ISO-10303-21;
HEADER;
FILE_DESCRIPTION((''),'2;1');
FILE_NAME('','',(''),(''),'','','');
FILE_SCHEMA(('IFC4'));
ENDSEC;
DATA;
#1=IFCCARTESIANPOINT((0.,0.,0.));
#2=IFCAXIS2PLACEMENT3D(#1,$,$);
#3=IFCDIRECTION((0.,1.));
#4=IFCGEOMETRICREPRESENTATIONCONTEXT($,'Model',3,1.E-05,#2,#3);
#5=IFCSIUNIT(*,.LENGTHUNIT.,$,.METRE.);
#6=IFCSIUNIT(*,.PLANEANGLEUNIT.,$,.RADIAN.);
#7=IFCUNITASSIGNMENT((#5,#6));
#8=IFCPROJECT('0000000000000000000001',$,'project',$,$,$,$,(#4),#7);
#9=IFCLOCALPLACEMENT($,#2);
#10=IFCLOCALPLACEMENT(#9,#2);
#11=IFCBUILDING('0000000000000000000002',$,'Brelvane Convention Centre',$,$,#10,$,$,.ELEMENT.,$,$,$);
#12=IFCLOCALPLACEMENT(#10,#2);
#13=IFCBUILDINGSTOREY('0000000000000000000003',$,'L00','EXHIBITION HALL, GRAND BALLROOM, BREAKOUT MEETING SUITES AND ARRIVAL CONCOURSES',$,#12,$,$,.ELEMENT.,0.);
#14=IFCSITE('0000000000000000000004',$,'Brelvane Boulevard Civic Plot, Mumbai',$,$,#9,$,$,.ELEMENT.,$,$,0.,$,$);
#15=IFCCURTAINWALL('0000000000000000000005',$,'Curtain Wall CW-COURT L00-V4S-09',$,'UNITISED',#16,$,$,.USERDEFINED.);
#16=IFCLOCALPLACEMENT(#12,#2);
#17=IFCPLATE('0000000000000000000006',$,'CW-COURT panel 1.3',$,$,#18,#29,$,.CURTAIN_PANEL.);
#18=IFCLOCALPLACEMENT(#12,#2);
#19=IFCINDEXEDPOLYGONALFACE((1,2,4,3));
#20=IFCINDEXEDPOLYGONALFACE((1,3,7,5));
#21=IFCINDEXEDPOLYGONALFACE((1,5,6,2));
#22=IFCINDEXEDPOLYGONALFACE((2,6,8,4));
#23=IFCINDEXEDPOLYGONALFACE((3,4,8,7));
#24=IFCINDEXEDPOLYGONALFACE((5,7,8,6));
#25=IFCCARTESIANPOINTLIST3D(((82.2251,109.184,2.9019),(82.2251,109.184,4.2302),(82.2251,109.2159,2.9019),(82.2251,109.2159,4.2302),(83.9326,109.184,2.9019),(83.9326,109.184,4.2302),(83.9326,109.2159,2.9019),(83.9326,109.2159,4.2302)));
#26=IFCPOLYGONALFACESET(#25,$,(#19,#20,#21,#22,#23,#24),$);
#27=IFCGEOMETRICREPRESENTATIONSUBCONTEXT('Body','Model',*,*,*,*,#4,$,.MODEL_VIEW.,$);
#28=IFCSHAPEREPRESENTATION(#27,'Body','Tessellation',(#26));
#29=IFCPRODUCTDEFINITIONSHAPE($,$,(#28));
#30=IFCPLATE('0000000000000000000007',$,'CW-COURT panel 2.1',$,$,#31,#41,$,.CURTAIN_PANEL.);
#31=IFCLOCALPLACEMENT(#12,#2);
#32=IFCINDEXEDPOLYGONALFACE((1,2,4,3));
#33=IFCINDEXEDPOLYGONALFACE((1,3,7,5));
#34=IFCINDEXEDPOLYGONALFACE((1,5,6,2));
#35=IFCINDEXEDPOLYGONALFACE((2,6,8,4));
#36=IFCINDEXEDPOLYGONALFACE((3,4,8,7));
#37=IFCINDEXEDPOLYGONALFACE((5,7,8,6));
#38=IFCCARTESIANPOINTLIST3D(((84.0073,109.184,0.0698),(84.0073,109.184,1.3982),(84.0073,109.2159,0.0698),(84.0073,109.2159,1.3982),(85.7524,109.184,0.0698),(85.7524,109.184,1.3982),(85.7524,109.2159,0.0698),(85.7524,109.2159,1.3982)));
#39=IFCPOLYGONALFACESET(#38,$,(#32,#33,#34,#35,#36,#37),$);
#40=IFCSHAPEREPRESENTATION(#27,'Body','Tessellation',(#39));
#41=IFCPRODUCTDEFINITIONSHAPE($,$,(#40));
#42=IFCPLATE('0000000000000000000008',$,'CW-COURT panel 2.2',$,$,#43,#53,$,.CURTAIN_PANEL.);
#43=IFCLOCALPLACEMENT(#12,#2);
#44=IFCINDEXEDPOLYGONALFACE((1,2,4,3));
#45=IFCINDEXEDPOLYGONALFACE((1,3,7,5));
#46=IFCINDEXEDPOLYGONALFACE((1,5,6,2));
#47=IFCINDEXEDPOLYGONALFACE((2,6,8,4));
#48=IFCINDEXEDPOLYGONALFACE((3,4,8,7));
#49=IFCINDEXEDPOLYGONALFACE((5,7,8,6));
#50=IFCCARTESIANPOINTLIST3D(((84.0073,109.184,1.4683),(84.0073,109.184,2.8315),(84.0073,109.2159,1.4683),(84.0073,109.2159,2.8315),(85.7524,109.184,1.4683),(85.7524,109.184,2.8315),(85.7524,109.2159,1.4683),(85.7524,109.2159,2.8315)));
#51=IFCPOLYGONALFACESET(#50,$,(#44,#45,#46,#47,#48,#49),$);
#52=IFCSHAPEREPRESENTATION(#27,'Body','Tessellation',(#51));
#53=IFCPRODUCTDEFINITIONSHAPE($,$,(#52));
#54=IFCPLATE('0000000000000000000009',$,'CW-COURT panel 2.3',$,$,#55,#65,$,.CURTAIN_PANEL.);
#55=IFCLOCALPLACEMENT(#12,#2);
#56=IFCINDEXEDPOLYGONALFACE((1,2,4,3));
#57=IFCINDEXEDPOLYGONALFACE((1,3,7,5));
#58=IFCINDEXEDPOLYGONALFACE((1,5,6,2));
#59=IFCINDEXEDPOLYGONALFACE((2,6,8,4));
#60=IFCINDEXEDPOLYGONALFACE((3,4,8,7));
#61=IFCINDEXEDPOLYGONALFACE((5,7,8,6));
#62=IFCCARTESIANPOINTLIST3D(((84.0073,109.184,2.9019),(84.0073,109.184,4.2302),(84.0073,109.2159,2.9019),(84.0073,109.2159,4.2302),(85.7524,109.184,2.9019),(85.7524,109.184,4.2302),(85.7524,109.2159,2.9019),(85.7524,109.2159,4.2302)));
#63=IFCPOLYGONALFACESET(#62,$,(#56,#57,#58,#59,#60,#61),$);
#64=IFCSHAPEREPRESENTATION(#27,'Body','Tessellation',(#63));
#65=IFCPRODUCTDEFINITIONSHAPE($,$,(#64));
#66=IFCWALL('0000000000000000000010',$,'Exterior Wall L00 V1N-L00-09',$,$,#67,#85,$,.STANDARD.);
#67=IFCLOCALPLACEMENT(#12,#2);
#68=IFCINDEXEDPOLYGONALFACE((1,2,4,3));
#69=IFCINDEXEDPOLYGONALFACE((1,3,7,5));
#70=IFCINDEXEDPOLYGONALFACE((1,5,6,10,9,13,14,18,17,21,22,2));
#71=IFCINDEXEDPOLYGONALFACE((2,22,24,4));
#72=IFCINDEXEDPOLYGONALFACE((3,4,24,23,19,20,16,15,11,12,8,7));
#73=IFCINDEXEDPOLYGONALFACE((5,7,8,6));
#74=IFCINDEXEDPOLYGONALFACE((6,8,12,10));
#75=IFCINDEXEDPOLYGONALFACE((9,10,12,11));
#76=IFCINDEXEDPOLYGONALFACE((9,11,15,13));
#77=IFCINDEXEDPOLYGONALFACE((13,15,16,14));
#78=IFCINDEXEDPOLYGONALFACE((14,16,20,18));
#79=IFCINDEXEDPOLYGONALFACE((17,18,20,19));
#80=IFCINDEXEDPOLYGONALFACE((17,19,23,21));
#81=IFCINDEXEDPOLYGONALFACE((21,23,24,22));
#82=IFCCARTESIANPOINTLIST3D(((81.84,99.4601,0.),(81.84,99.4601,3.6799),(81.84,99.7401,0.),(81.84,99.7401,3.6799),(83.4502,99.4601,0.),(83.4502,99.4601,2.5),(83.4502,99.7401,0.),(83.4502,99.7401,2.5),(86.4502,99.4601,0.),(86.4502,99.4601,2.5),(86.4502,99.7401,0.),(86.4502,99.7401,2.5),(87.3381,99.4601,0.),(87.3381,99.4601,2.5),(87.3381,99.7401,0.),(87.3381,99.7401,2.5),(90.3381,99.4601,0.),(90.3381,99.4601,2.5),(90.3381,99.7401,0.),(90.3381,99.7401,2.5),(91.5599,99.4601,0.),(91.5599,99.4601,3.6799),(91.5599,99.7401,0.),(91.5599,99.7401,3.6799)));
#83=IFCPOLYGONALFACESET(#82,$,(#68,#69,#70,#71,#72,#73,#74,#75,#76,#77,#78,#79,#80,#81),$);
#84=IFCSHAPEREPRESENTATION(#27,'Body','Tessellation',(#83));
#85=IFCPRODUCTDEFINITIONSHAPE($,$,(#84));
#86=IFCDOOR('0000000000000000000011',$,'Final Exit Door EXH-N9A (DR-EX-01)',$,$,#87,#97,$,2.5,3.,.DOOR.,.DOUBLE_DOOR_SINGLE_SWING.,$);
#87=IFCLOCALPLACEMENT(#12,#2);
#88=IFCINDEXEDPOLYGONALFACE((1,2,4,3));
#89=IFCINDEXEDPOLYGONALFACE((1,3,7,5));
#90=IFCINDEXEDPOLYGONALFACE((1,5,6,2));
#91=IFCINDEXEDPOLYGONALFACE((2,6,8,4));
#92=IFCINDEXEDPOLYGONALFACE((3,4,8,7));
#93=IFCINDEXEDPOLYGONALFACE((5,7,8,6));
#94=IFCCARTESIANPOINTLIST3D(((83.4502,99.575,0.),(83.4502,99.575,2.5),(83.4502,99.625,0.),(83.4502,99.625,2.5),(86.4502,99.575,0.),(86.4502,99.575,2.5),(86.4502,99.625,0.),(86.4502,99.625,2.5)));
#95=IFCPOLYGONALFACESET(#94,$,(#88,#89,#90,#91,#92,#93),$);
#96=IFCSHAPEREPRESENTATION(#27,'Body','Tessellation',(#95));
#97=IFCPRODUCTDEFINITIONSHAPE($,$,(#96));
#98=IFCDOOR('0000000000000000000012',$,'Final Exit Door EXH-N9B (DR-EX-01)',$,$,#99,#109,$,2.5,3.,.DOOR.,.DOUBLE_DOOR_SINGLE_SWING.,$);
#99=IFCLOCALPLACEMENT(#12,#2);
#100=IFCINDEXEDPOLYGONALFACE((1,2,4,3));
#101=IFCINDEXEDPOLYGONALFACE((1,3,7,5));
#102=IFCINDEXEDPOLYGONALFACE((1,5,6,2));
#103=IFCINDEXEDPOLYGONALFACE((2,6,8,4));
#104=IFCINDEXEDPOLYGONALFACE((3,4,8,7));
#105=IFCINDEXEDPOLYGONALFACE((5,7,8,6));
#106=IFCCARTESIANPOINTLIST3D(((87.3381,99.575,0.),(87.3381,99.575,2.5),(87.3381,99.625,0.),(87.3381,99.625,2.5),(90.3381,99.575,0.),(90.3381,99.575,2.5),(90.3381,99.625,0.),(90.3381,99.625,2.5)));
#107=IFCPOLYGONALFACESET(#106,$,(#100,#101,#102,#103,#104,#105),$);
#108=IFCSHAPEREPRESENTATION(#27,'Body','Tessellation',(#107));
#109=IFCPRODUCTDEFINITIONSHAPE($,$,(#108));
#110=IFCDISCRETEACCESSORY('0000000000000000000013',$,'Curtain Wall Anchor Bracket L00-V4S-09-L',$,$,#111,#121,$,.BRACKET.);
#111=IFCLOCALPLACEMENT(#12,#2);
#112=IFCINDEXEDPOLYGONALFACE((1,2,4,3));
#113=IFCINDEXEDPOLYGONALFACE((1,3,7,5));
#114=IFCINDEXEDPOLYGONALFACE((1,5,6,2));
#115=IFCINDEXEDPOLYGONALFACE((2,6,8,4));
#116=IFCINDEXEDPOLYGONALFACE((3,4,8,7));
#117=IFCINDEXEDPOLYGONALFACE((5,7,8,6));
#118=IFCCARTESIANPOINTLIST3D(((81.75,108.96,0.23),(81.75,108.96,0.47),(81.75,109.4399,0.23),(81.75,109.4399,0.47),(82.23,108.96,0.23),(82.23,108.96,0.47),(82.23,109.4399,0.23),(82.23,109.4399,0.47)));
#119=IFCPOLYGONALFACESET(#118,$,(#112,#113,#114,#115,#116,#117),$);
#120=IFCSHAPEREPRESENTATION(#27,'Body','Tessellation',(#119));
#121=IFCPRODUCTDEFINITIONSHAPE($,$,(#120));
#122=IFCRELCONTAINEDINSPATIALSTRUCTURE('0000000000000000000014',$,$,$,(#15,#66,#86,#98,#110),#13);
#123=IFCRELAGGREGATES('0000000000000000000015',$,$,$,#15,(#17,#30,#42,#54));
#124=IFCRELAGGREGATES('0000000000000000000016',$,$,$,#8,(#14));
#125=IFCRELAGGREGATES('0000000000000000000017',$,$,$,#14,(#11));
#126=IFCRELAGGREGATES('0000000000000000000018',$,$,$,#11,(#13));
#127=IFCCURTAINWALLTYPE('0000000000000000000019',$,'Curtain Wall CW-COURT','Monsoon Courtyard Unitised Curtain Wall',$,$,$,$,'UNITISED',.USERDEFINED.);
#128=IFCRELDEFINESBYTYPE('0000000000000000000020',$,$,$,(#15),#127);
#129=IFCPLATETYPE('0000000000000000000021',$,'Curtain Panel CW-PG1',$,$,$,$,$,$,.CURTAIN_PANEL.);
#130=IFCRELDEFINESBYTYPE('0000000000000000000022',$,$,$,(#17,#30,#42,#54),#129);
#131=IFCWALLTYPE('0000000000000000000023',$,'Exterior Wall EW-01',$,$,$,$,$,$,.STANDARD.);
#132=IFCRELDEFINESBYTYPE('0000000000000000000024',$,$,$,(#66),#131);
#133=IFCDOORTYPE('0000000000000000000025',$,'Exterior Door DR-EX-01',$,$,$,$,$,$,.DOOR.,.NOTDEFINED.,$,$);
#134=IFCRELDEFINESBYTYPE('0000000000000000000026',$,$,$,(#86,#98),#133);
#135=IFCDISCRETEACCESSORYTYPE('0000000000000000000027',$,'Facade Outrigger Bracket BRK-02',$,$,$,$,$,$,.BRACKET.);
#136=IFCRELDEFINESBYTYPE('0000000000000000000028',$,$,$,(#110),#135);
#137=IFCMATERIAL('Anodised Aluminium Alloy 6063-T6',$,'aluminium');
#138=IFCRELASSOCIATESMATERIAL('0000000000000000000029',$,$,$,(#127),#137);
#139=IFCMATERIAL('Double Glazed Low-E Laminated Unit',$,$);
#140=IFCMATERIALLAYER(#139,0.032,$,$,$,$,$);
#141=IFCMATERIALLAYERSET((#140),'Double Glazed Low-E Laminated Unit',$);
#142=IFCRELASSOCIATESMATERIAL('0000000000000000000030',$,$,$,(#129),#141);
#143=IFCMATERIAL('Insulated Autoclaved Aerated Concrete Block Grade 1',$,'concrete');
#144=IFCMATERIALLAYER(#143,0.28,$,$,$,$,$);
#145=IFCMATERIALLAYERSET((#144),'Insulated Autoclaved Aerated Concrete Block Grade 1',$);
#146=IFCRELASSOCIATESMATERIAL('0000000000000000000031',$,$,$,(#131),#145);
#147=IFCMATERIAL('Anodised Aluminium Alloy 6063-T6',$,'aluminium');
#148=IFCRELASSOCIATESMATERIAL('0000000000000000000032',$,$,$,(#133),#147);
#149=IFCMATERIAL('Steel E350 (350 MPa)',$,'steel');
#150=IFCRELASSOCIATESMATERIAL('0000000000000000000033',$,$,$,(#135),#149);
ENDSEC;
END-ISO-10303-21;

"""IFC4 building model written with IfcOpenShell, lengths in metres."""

from ifc_helpers import new_model, si_unit, direction, frame, frame_2d, origin, origin_2d, place, context, subcontext, project, spatial, rectangle, extrude, material, layer, layer_set, type_object, element, fill, aggregate, save


model = new_model("IFC4")

# Units and contexts
model_context = context("Model", 3, precision=1e-05, world=origin(), true_north=direction((0.0, 1.0)))
body_context = subcontext(model_context, "Body", "Model", "MODEL_VIEW")
ifc_project = project(units=[si_unit("LENGTHUNIT", "METRE"), si_unit("PLANEANGLEUNIT", "RADIAN")], contexts=[model_context])

# Site, building, storey
site_placement = place(None, origin())
site = spatial("IfcSite", under=ifc_project, at=site_placement, Name="Brelvane Boulevard Civic Plot, Mumbai", CompositionType="ELEMENT", RefElevation=0.0)
building_placement = place(site_placement, origin())
building = spatial("IfcBuilding", under=site, at=building_placement, Name="Brelvane Convention Centre", CompositionType="ELEMENT")
storey_placement = place(building_placement, origin())
storey = spatial("IfcBuildingStorey", under=building, at=storey_placement, Name="L00", Description="EXHIBITION HALL, GRAND BALLROOM, BREAKOUT MEETING SUITES AND ARRIVAL CONCOURSES", CompositionType="ELEMENT", Elevation=0.0)

# Curtain wall
ifc_material_1 = material(Name="Anodised Aluminium Alloy 6063-T6", Category="aluminium")
curtain_wall_type = type_object("IfcCurtainWallType", Name="Curtain Wall CW-COURT", Description="Monsoon Courtyard Unitised Curtain Wall", ElementType="UNITISED", PredefinedType="USERDEFINED", material=ifc_material_1)
curtain_wall_placement = place(storey_placement, origin())
curtain_wall = element("IfcCurtainWall", 1, at=curtain_wall_placement, inside=storey, type_object=curtain_wall_type, Name="Curtain Wall CW-COURT L00-V4S-09", ObjectType="UNITISED", PredefinedType="USERDEFINED")

# Plates
ifc_material_2 = material(Name="Double Glazed Low-E Laminated Unit")
ifc_layer_1 = layer(ifc_material_2, 0.032)
ifc_layer_set_1 = layer_set([ifc_layer_1], Name="Double Glazed Low-E Laminated Unit")
plate_type = type_object("IfcPlateType", Name="Curtain Panel CW-PG1", PredefinedType="CURTAIN_PANEL", material=ifc_layer_set_1)
plate_1_placement = place(storey_placement, frame((83.0789, 109.2, 2.9019), z_axis=(0.0, 0.0, 1.0), x_axis=(1.0, 0.0, 0.0)))
plate_1 = element("IfcPlate", 2, at=plate_1_placement, type_object=plate_type, Name="CW-COURT panel 1.3", PredefinedType="CURTAIN_PANEL", context=body_context, shape_type="SweptSolid", body=[
    extrude(rectangle(XDim=1.7075, YDim=0.032, at=origin_2d()), origin(), (0.0, 0.0, 1.0), 1.3284),
])
plate_2_placement = place(storey_placement, frame((84.8799, 109.2, 0.0698), z_axis=(0.0, 0.0, 1.0), x_axis=(1.0, 0.0, 0.0)))
plate_2 = element("IfcPlate", 3, at=plate_2_placement, type_object=plate_type, Name="CW-COURT panel 2.1", PredefinedType="CURTAIN_PANEL", context=body_context, shape_type="SweptSolid", body=[
    extrude(rectangle(XDim=1.7451, YDim=0.032, at=origin_2d()), origin(), (0.0, 0.0, 1.0), 1.3284),
])
plate_3_placement = place(storey_placement, frame((84.8799, 109.2, 1.4683), z_axis=(0.0, 0.0, 1.0), x_axis=(1.0, 0.0, 0.0)))
plate_3 = element("IfcPlate", 4, at=plate_3_placement, type_object=plate_type, Name="CW-COURT panel 2.2", PredefinedType="CURTAIN_PANEL", context=body_context, shape_type="SweptSolid", body=[
    extrude(rectangle(XDim=1.7451, YDim=0.032, at=origin_2d()), origin(), (0.0, 0.0, 1.0), 1.3633),
])
plate_4_placement = place(storey_placement, frame((84.8799, 109.2, 2.9019), z_axis=(0.0, 0.0, 1.0), x_axis=(1.0, 0.0, 0.0)))
plate_4 = element("IfcPlate", 5, at=plate_4_placement, type_object=plate_type, Name="CW-COURT panel 2.3", PredefinedType="CURTAIN_PANEL", context=body_context, shape_type="SweptSolid", body=[
    extrude(rectangle(XDim=1.7451, YDim=0.032, at=origin_2d()), origin(), (0.0, 0.0, 1.0), 1.3284),
])
aggregate(curtain_wall, [plate_1, plate_2, plate_3, plate_4])

# Wall, openings, doors
ifc_material_3 = material(Name="Insulated Autoclaved Aerated Concrete Block Grade 1", Category="concrete")
ifc_layer_2 = layer(ifc_material_3, 0.28)
ifc_layer_set_2 = layer_set([ifc_layer_2], Name="Insulated Autoclaved Aerated Concrete Block Grade 1")
wall_type = type_object("IfcWallType", Name="Exterior Wall EW-01", PredefinedType="STANDARD", material=ifc_layer_set_2)
wall_placement = place(storey_placement, frame((81.8401, 99.6001, 0.0), z_axis=(0.0, 0.0, 1.0), x_axis=(1.0, 0.0, 0.0)))
wall = element("IfcWall", 6, at=wall_placement, inside=storey, type_object=wall_type, Name="Exterior Wall L00 V1N-L00-09", PredefinedType="STANDARD", context=body_context, shape_type="SweptSolid", body=[
    extrude(rectangle(XDim=9.72, YDim=0.28, at=frame_2d((4.8599, 0.0))), origin(), (0.0, 0.0, 1.0), 3.6799),
])
opening_1_placement = place(wall_placement, frame((1.6101, 0.0, 0.0)))
opening_1 = element("IfcOpeningElement", 7, at=opening_1_placement, cuts=wall, PredefinedType="OPENING", context=body_context, shape_type="SweptSolid", body=[
    extrude(rectangle(XDim=3.0, YDim=2.5, at=frame_2d((1.5, 1.25))), frame((0.0, 0.1499, 0.0), z_axis=(0.0, -1.0, 0.0), x_axis=(1.0, 0.0, 0.0)), (0.0, 0.0, 1.0), 0.3),
])
opening_2_placement = place(wall_placement, frame((5.498, 0.0, 0.0)))
opening_2 = element("IfcOpeningElement", 8, at=opening_2_placement, cuts=wall, PredefinedType="OPENING", context=body_context, shape_type="SweptSolid", body=[
    extrude(rectangle(XDim=3.0, YDim=2.5, at=frame_2d((1.5, 1.25))), frame((0.0, 0.1499, 0.0), z_axis=(0.0, -1.0, 0.0), x_axis=(1.0, 0.0, 0.0)), (0.0, 0.0, 1.0), 0.3),
])
ifc_material_4 = material(Name="Anodised Aluminium Alloy 6063-T6", Category="aluminium")
door_type = type_object("IfcDoorType", Name="Exterior Door DR-EX-01", OperationType="NOTDEFINED", PredefinedType="DOOR", material=ifc_material_4)
door_1_placement = place(opening_1_placement, origin())
door_1 = element("IfcDoor", 9, at=door_1_placement, inside=storey, type_object=door_type, Name="Final Exit Door EXH-N9A (DR-EX-01)", OperationType="DOUBLE_DOOR_SINGLE_SWING", OverallHeight=2.5, OverallWidth=3.0, PredefinedType="DOOR", context=body_context, shape_type="SweptSolid", body=[
    extrude(rectangle(XDim=3.0, YDim=2.5, at=frame_2d((1.5, 1.25))), frame((0.0, 0.0249, 0.0), z_axis=(0.0, -1.0, 0.0), x_axis=(1.0, 0.0, 0.0)), (0.0, 0.0, 1.0), 0.05),
])
fill(opening_1, door_1)
door_2_placement = place(opening_2_placement, origin())
door_2 = element("IfcDoor", 10, at=door_2_placement, inside=storey, type_object=door_type, Name="Final Exit Door EXH-N9B (DR-EX-01)", OperationType="DOUBLE_DOOR_SINGLE_SWING", OverallHeight=2.5, OverallWidth=3.0, PredefinedType="DOOR", context=body_context, shape_type="SweptSolid", body=[
    extrude(rectangle(XDim=3.0, YDim=2.5, at=frame_2d((1.5, 1.25))), frame((0.0, 0.0249, 0.0), z_axis=(0.0, -1.0, 0.0), x_axis=(1.0, 0.0, 0.0)), (0.0, 0.0, 1.0), 0.05),
])
fill(opening_2, door_2)

# Discrete accessory
ifc_material_5 = material(Name="Steel E350 (350 MPa)", Category="steel")
discrete_accessory_type = type_object("IfcDiscreteAccessoryType", Name="Facade Outrigger Bracket BRK-02", PredefinedType="BRACKET", material=ifc_material_5)
discrete_accessory_placement = place(storey_placement, frame((81.99, 109.2, 0.23), z_axis=(0.0, 0.0, 1.0), x_axis=(1.0, 0.0, 0.0)))
element("IfcDiscreteAccessory", 11, at=discrete_accessory_placement, inside=storey, type_object=discrete_accessory_type, Name="Curtain Wall Anchor Bracket L00-V4S-09-L", PredefinedType="BRACKET", context=body_context, shape_type="SweptSolid", body=[
    extrude(rectangle(XDim=0.48, YDim=0.48, at=origin_2d()), origin(), (0.0, 0.0, 1.0), 0.24),
])

save(model, "model.ifc")
